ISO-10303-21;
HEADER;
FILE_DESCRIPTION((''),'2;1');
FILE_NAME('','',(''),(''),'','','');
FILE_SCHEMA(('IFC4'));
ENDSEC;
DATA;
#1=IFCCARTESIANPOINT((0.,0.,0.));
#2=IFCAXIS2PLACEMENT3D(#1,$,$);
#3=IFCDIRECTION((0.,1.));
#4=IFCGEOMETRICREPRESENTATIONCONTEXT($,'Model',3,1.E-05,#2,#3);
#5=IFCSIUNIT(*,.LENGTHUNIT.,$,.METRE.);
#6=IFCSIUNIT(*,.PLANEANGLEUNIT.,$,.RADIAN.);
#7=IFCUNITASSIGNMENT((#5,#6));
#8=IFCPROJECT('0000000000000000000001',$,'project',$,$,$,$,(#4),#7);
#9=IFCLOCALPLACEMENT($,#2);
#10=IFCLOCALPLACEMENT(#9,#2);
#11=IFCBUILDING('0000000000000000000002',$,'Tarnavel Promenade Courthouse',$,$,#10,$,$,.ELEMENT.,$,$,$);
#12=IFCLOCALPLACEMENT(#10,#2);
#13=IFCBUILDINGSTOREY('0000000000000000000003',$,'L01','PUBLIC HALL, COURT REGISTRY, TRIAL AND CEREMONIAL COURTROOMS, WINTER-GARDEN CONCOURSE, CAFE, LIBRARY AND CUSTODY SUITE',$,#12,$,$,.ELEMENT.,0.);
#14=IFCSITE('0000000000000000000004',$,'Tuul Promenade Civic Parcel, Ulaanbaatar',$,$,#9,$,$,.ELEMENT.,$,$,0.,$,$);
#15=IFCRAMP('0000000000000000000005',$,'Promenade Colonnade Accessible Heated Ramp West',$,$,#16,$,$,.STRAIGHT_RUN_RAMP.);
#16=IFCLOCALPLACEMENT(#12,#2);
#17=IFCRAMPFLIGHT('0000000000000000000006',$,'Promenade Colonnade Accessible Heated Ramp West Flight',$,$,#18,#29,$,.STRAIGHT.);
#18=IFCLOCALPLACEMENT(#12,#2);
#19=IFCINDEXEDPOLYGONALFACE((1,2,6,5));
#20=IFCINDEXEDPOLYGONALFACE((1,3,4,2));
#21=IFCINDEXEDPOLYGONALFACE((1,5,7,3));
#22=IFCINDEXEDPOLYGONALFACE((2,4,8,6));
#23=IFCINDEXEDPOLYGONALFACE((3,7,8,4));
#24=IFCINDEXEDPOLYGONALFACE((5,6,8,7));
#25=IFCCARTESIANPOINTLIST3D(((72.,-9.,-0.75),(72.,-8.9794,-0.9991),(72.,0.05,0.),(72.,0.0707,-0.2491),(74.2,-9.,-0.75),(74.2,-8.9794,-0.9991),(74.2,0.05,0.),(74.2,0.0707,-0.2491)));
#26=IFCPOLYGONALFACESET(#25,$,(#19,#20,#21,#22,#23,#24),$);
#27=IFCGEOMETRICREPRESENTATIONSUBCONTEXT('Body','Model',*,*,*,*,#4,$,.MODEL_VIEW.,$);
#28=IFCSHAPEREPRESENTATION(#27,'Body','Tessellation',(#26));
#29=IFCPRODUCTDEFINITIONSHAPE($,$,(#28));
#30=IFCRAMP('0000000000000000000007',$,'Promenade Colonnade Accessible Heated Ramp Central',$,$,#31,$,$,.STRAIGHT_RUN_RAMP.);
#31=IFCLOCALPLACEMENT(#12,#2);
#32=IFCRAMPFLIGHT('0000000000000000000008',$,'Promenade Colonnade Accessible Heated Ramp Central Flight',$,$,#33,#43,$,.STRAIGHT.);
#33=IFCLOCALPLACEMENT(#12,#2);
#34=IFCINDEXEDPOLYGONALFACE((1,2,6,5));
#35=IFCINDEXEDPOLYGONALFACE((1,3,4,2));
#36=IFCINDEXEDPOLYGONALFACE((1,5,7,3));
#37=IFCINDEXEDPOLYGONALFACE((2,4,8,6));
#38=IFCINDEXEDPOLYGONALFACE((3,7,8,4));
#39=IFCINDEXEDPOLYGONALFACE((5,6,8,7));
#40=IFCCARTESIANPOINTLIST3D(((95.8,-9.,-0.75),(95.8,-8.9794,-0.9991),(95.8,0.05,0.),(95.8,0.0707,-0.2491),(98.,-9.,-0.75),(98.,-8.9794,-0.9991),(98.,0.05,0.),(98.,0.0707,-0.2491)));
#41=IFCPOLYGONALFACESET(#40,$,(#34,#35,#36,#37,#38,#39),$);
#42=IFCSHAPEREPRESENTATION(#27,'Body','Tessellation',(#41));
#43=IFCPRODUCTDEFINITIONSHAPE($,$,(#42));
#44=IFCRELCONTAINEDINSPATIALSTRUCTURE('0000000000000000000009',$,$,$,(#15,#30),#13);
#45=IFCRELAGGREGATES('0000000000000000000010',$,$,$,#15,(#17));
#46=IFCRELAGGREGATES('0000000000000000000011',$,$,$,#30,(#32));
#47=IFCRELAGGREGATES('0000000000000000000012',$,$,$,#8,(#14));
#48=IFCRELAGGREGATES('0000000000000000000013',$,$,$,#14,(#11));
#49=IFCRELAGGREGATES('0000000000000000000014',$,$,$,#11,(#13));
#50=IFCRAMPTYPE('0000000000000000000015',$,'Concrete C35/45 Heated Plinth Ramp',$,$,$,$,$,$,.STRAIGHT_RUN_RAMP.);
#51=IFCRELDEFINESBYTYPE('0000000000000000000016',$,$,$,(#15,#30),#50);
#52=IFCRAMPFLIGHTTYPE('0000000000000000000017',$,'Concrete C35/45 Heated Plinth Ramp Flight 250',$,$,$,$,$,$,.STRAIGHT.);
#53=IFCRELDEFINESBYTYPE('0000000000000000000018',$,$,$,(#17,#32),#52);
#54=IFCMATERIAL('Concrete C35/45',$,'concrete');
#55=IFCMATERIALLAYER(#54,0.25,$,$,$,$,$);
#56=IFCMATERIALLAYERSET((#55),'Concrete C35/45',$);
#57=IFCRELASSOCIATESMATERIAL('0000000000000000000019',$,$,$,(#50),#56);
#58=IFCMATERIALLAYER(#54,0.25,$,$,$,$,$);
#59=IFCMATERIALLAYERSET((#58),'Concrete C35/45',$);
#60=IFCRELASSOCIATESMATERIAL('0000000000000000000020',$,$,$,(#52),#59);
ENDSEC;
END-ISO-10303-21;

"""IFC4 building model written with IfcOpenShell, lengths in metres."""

from ifc_helpers import new_model, si_unit, direction, frame, origin, place, context, subcontext, project, spatial, polyline, outline, extrude, material, layer, layer_set, type_object, element, aggregate, save


model = new_model("IFC4")

# Units and contexts
model_context = context("Model", 3, precision=1e-05, world=origin(), true_north=direction((0.0, 1.0)))
body_context = subcontext(model_context, "Body", "Model", "MODEL_VIEW")
ifc_project = project(units=[si_unit("LENGTHUNIT", "METRE"), si_unit("PLANEANGLEUNIT", "RADIAN")], contexts=[model_context])

# Site, building, storey
site_placement = place(None, origin())
site = spatial("IfcSite", under=ifc_project, at=site_placement, Name="Tuul Promenade Civic Parcel, Ulaanbaatar", CompositionType="ELEMENT", RefElevation=0.0)
building_placement = place(site_placement, origin())
building = spatial("IfcBuilding", under=site, at=building_placement, Name="Tarnavel Promenade Courthouse", CompositionType="ELEMENT")
storey_placement = place(building_placement, origin())
storey = spatial("IfcBuildingStorey", under=building, at=storey_placement, Name="L01", Description="PUBLIC HALL, COURT REGISTRY, TRIAL AND CEREMONIAL COURTROOMS, WINTER-GARDEN CONCOURSE, CAFE, LIBRARY AND CUSTODY SUITE", CompositionType="ELEMENT", Elevation=0.0)

# Shared definitions
ifc_material_1 = material(Name="Concrete C35/45", Category="concrete")

# Ramps, ramp flights
ifc_layer_1 = layer(ifc_material_1, 0.25)
ifc_layer_set_1 = layer_set([ifc_layer_1], Name="Concrete C35/45")
ramp_type = type_object("IfcRampType", Name="Concrete C35/45 Heated Plinth Ramp", PredefinedType="STRAIGHT_RUN_RAMP", material=ifc_layer_set_1)
ramp_1_placement = place(storey_placement, origin())
ramp_1 = element("IfcRamp", 1, at=ramp_1_placement, inside=storey, type_object=ramp_type, Name="Promenade Colonnade Accessible Heated Ramp West", PredefinedType="STRAIGHT_RUN_RAMP")
ifc_layer_2 = layer(ifc_material_1, 0.25)
ifc_layer_set_2 = layer_set([ifc_layer_2], Name="Concrete C35/45")
ramp_flight_type = type_object("IfcRampFlightType", Name="Concrete C35/45 Heated Plinth Ramp Flight 250", PredefinedType="STRAIGHT", material=ifc_layer_set_2)
ramp_flight_1_placement = place(storey_placement, frame((72.0, -9.0, -0.75), z_axis=(0.0, -0.082589, 0.996584), x_axis=(1.0, 0.0, 0.0)))
ramp_flight_1 = element("IfcRampFlight", 2, at=ramp_flight_1_placement, type_object=ramp_flight_type, Name="Promenade Colonnade Accessible Heated Ramp West Flight", PredefinedType="STRAIGHT", context=body_context, shape_type="SweptSolid", body=[
    extrude(outline(polyline([(0.0, 0.0), (2.2, 0.0), (2.2, 9.0811), (0.0, 9.0811), (0.0, 0.0)])), origin(), (0.0, 0.0, -1.0), 0.25),
])
aggregate(ramp_1, [ramp_flight_1])
ramp_2_placement = place(storey_placement, origin())
ramp_2 = element("IfcRamp", 3, at=ramp_2_placement, inside=storey, type_object=ramp_type, Name="Promenade Colonnade Accessible Heated Ramp Central", PredefinedType="STRAIGHT_RUN_RAMP")
ramp_flight_2_placement = place(storey_placement, frame((95.8, -9.0, -0.75), z_axis=(0.0, -0.082589, 0.996584), x_axis=(1.0, 0.0, 0.0)))
ramp_flight_2 = element("IfcRampFlight", 4, at=ramp_flight_2_placement, type_object=ramp_flight_type, Name="Promenade Colonnade Accessible Heated Ramp Central Flight", PredefinedType="STRAIGHT", context=body_context, shape_type="SweptSolid", body=[
    extrude(outline(polyline([(0.0, 0.0), (2.2, 0.0), (2.2, 9.0811), (0.0, 9.0811), (0.0, 0.0)])), origin(), (0.0, 0.0, -1.0), 0.25),
])
aggregate(ramp_2, [ramp_flight_2])

save(model, "model.ifc")
